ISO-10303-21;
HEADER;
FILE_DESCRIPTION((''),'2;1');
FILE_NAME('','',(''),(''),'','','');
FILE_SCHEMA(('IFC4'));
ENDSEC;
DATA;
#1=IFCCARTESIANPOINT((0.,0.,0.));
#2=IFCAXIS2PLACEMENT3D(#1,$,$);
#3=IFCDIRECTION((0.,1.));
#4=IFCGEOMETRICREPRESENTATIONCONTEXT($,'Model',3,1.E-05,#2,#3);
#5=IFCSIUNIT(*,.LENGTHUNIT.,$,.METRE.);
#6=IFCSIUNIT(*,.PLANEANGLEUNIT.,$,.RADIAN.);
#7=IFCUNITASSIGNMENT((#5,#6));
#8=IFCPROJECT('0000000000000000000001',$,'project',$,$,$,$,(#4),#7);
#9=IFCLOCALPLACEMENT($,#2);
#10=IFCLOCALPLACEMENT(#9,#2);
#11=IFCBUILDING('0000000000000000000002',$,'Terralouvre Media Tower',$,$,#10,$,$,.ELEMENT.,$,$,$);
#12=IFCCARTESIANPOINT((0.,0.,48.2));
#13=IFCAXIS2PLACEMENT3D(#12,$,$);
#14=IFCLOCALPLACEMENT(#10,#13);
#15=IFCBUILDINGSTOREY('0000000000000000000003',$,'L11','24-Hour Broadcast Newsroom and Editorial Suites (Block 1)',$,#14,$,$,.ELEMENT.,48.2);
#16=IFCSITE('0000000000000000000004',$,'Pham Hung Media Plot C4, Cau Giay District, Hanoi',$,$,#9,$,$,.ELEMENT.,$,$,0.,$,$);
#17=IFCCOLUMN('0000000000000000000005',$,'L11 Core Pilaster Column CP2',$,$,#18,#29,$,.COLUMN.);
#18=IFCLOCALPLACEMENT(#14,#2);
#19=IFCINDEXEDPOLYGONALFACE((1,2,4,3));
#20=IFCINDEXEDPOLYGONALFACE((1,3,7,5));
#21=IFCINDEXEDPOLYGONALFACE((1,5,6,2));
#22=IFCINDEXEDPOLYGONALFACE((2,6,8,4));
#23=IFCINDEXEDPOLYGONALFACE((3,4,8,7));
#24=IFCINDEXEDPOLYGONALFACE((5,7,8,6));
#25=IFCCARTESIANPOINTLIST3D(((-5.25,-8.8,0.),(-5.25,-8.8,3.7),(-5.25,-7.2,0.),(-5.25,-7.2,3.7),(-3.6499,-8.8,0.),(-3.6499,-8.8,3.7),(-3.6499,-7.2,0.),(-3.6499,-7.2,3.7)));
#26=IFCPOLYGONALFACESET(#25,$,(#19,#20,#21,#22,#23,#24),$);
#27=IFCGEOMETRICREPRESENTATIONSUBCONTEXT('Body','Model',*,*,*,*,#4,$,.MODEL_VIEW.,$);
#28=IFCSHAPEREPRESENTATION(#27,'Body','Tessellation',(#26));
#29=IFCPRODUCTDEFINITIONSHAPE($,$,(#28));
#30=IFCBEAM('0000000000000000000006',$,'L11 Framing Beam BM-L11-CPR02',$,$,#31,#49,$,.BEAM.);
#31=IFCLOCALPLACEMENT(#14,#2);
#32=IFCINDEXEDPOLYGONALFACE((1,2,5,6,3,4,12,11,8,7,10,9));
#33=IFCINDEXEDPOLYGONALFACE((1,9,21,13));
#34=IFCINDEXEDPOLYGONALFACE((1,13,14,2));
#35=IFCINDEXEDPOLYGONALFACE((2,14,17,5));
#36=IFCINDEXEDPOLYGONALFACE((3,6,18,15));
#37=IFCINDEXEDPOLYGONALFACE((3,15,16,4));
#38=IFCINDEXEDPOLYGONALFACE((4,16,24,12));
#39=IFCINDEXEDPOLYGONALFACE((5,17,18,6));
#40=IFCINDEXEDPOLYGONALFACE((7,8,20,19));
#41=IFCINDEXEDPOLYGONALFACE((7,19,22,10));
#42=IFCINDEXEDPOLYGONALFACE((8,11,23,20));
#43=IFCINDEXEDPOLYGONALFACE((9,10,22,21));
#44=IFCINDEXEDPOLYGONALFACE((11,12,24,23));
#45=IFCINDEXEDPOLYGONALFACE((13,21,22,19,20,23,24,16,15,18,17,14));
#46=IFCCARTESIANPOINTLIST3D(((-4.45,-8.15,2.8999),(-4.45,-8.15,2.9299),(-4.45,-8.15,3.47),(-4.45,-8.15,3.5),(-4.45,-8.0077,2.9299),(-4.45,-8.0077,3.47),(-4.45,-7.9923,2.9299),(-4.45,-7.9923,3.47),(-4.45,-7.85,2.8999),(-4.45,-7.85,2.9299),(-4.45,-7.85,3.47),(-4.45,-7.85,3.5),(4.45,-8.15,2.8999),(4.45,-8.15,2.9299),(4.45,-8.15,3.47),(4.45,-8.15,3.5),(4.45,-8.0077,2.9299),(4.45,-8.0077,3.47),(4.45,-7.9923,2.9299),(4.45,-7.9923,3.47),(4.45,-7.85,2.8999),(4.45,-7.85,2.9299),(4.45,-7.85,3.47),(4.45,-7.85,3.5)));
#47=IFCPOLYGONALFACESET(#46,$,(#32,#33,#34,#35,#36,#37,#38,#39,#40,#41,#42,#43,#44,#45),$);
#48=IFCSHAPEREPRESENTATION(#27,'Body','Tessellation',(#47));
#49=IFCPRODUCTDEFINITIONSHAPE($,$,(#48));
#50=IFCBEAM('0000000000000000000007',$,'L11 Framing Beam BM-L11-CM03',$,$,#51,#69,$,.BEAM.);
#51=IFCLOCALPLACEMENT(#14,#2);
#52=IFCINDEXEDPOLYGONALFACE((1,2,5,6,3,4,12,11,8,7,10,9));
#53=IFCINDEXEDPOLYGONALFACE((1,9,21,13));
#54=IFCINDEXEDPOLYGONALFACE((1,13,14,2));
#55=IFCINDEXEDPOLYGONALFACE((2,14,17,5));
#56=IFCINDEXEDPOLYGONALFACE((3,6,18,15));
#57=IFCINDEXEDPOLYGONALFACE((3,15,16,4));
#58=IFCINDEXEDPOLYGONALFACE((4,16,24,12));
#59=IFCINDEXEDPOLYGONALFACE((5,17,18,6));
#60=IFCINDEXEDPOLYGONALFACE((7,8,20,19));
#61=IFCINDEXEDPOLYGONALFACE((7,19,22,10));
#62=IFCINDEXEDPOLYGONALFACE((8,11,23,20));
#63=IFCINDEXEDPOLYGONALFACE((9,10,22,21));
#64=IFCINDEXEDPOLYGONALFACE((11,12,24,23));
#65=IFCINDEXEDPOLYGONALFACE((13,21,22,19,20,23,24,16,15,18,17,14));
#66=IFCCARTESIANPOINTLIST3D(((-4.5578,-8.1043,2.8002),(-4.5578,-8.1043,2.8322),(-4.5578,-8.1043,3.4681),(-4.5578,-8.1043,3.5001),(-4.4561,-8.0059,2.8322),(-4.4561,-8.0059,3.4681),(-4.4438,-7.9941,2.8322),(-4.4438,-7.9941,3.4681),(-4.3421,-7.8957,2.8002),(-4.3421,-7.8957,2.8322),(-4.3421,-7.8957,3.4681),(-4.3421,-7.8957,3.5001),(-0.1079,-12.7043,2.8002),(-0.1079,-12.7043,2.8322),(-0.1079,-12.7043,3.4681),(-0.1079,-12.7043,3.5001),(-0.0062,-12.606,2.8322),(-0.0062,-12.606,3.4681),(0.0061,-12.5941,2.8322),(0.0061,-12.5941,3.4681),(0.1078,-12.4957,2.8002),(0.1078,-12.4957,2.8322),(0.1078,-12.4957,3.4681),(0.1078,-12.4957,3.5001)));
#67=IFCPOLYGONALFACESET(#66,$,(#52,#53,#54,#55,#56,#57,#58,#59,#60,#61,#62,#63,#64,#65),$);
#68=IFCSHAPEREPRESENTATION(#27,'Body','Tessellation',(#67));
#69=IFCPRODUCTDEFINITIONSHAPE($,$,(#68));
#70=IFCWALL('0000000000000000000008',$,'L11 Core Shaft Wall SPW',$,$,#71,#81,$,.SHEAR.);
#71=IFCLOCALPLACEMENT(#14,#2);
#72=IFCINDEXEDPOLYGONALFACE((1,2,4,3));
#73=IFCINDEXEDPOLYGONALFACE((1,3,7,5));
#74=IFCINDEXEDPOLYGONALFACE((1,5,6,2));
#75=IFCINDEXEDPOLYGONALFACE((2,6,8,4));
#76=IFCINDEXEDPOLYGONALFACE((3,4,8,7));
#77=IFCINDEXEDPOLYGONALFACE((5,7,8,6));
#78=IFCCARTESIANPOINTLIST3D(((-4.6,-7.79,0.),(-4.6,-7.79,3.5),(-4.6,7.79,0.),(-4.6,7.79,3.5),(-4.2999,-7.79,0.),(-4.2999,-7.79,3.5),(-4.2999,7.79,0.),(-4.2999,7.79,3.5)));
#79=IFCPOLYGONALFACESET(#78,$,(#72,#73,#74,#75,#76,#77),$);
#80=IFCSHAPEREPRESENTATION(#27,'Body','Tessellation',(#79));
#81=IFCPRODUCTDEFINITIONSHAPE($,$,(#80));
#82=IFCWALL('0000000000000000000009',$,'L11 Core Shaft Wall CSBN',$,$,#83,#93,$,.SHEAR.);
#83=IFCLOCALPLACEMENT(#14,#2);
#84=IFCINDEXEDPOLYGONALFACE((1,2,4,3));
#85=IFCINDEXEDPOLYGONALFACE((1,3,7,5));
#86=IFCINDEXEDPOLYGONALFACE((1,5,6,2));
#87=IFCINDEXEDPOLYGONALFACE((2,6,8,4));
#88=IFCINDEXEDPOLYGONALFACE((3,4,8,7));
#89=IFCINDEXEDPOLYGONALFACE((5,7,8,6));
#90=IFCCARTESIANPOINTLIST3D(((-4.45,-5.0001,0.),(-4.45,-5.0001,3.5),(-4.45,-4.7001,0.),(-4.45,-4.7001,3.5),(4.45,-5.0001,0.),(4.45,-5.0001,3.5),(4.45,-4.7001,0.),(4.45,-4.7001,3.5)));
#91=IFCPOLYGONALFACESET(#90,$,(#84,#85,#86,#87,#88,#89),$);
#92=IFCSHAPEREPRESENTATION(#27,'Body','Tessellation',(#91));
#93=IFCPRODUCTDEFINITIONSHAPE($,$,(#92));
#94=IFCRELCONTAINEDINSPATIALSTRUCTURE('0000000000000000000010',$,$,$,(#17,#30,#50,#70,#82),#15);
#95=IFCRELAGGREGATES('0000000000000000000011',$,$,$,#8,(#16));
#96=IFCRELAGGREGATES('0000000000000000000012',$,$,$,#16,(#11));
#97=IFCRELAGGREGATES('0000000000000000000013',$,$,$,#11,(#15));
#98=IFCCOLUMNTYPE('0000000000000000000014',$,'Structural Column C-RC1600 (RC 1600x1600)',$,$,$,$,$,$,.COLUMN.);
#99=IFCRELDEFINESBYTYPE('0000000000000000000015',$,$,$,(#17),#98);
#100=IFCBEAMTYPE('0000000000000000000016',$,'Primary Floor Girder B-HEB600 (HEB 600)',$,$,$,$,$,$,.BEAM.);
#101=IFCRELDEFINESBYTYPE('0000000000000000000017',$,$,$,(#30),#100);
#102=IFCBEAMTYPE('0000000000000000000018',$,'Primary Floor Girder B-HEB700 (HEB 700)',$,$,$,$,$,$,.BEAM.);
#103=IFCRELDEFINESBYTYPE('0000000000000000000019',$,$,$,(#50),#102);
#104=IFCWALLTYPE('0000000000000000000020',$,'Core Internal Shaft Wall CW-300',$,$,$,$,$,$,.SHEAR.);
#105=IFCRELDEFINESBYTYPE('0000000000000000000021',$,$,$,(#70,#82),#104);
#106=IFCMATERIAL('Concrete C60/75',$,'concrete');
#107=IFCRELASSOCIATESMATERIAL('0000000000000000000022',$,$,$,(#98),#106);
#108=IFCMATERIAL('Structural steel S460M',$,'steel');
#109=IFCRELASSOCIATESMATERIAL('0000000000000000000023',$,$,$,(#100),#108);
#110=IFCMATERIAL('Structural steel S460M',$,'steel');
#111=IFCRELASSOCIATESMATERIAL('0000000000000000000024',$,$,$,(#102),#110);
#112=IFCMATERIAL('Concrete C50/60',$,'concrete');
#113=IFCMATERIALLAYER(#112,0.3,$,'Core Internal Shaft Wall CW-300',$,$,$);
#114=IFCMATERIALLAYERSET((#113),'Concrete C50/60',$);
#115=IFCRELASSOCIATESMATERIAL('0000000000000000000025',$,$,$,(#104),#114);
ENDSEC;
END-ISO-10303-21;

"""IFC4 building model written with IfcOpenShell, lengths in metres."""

from ifc_helpers import new_model, si_unit, direction, frame, frame_2d, origin, origin_2d, place, context, subcontext, project, spatial, rectangle, i_section, extrude, material, layer, layer_set, material_profile, profile_set, type_object, element, save


model = new_model("IFC4")

# Units and contexts
model_context = context("Model", 3, precision=1e-05, world=origin(), true_north=direction((0.0, 1.0)))
body_context = subcontext(model_context, "Body", "Model", "MODEL_VIEW")
ifc_project = project(units=[si_unit("LENGTHUNIT", "METRE"), si_unit("PLANEANGLEUNIT", "RADIAN")], contexts=[model_context])

# Site, building, storey
site_placement = place(None, origin())
site = spatial("IfcSite", under=ifc_project, at=site_placement, Name="Pham Hung Media Plot C4, Cau Giay District, Hanoi", CompositionType="ELEMENT", RefElevation=0.0)
building_placement = place(site_placement, origin())
building = spatial("IfcBuilding", under=site, at=building_placement, Name="Terralouvre Media Tower", CompositionType="ELEMENT")
storey_placement = place(building_placement, frame((0.0, 0.0, 48.2)))
storey = spatial("IfcBuildingStorey", under=building, at=storey_placement, Name="L11", Description="24-Hour Broadcast Newsroom and Editorial Suites (Block 1)", CompositionType="ELEMENT", Elevation=48.2)

# Column
ifc_material_1 = material(Name="Concrete C60/75", Category="concrete")
ifc_material_profile_1 = material_profile(ifc_material_1, rectangle(XDim=1.6001, YDim=1.6001, at=origin_2d()), Name="RC 1600x1600")
ifc_profile_set_1 = profile_set([ifc_material_profile_1], Name="Concrete C60/75")
column_type = type_object("IfcColumnType", Name="Structural Column C-RC1600 (RC 1600x1600)", PredefinedType="COLUMN", material=ifc_profile_set_1)
column_placement = place(storey_placement, frame((-4.45, -8.0, 0.0), z_axis=(0.0, 0.0, 1.0), x_axis=(1.0, 0.0, 0.0)))
element("IfcColumn", 1, at=column_placement, inside=storey, type_object=column_type, Name="L11 Core Pilaster Column CP2", PredefinedType="COLUMN", context=body_context, shape_type="SweptSolid", body=[
    extrude(rectangle(XDim=1.6001, YDim=1.6001, at=origin_2d()), origin(), (0.0, 0.0, 1.0), 3.7),
])

# Beams
ifc_material_2 = material(Name="Structural steel S460M", Category="steel")
ifc_material_profile_2 = material_profile(ifc_material_2, i_section(OverallWidth=0.3, OverallDepth=0.6001, WebThickness=0.0154, FlangeThickness=0.03, at=origin_2d()), Name="HEB 600")
ifc_profile_set_2 = profile_set([ifc_material_profile_2], Name="Structural steel S460M")
beam_type_1 = type_object("IfcBeamType", Name="Primary Floor Girder B-HEB600 (HEB 600)", PredefinedType="BEAM", material=ifc_profile_set_2)
beam_1_placement = place(storey_placement, frame((-4.45, -8.0, 3.2), z_axis=(1.0, 0.0, 0.0), x_axis=(0.0, 1.0, 0.0)))
element("IfcBeam", 2, at=beam_1_placement, inside=storey, type_object=beam_type_1, Name="L11 Framing Beam BM-L11-CPR02", PredefinedType="BEAM", context=body_context, shape_type="SweptSolid", body=[
    extrude(i_section(OverallWidth=0.3, OverallDepth=0.6001, WebThickness=0.0154, FlangeThickness=0.03, at=origin_2d()), origin(), (0.0, 0.0, 1.0), 8.8999),
])
ifc_material_3 = material(Name="Structural steel S460M", Category="steel")
ifc_material_profile_3 = material_profile(ifc_material_3, i_section(OverallWidth=0.3, OverallDepth=0.7, WebThickness=0.0171, FlangeThickness=0.032, at=origin_2d()), Name="HEB 700")
ifc_profile_set_3 = profile_set([ifc_material_profile_3], Name="Structural steel S460M")
beam_type_2 = type_object("IfcBeamType", Name="Primary Floor Girder B-HEB700 (HEB 700)", PredefinedType="BEAM", material=ifc_profile_set_3)
beam_2_placement = place(storey_placement, frame((-4.45, -8.0, 3.1501), z_axis=(0.69528, -0.718739, 0.0), x_axis=(0.718739, 0.69528, 0.0)))
element("IfcBeam", 3, at=beam_2_placement, inside=storey, type_object=beam_type_2, Name="L11 Framing Beam BM-L11-CM03", PredefinedType="BEAM", context=body_context, shape_type="SweptSolid", body=[
    extrude(i_section(OverallWidth=0.3, OverallDepth=0.7, WebThickness=0.0171, FlangeThickness=0.032, at=origin_2d()), origin(), (0.0, 0.0, 1.0), 6.4001),
])

# Walls
ifc_material_4 = material(Name="Concrete C50/60", Category="concrete")
ifc_layer_1 = layer(ifc_material_4, 0.3, Name="Core Internal Shaft Wall CW-300")
ifc_layer_set_1 = layer_set([ifc_layer_1], Name="Concrete C50/60")
wall_type_1 = type_object("IfcWallType", Name="Core Internal Shaft Wall CW-300", PredefinedType="SHEAR", material=ifc_layer_set_1)
wall_1_placement = place(storey_placement, frame((-4.45, -7.79, 0.0), z_axis=(0.0, 0.0, 1.0), x_axis=(0.0, 1.0, 0.0)))
element("IfcWall", 4, at=wall_1_placement, inside=storey, type_object=wall_type_1, Name="L11 Core Shaft Wall SPW", PredefinedType="SHEAR", context=body_context, shape_type="SweptSolid", body=[
    extrude(rectangle(XDim=15.5801, YDim=0.3, at=frame_2d((7.79, 0.0))), origin(), (0.0, 0.0, 1.0), 3.5),
])
wall_2_placement = place(storey_placement, frame((-4.45, -4.8501, 0.0), z_axis=(0.0, 0.0, 1.0), x_axis=(1.0, 0.0, 0.0)))
element("IfcWall", 5, at=wall_2_placement, inside=storey, type_object=wall_type_1, Name="L11 Core Shaft Wall CSBN", PredefinedType="SHEAR", context=body_context, shape_type="SweptSolid", body=[
    extrude(rectangle(XDim=8.8999, YDim=0.3, at=frame_2d((4.45, 0.0))), origin(), (0.0, 0.0, 1.0), 3.5),
])

save(model, "model.ifc")
